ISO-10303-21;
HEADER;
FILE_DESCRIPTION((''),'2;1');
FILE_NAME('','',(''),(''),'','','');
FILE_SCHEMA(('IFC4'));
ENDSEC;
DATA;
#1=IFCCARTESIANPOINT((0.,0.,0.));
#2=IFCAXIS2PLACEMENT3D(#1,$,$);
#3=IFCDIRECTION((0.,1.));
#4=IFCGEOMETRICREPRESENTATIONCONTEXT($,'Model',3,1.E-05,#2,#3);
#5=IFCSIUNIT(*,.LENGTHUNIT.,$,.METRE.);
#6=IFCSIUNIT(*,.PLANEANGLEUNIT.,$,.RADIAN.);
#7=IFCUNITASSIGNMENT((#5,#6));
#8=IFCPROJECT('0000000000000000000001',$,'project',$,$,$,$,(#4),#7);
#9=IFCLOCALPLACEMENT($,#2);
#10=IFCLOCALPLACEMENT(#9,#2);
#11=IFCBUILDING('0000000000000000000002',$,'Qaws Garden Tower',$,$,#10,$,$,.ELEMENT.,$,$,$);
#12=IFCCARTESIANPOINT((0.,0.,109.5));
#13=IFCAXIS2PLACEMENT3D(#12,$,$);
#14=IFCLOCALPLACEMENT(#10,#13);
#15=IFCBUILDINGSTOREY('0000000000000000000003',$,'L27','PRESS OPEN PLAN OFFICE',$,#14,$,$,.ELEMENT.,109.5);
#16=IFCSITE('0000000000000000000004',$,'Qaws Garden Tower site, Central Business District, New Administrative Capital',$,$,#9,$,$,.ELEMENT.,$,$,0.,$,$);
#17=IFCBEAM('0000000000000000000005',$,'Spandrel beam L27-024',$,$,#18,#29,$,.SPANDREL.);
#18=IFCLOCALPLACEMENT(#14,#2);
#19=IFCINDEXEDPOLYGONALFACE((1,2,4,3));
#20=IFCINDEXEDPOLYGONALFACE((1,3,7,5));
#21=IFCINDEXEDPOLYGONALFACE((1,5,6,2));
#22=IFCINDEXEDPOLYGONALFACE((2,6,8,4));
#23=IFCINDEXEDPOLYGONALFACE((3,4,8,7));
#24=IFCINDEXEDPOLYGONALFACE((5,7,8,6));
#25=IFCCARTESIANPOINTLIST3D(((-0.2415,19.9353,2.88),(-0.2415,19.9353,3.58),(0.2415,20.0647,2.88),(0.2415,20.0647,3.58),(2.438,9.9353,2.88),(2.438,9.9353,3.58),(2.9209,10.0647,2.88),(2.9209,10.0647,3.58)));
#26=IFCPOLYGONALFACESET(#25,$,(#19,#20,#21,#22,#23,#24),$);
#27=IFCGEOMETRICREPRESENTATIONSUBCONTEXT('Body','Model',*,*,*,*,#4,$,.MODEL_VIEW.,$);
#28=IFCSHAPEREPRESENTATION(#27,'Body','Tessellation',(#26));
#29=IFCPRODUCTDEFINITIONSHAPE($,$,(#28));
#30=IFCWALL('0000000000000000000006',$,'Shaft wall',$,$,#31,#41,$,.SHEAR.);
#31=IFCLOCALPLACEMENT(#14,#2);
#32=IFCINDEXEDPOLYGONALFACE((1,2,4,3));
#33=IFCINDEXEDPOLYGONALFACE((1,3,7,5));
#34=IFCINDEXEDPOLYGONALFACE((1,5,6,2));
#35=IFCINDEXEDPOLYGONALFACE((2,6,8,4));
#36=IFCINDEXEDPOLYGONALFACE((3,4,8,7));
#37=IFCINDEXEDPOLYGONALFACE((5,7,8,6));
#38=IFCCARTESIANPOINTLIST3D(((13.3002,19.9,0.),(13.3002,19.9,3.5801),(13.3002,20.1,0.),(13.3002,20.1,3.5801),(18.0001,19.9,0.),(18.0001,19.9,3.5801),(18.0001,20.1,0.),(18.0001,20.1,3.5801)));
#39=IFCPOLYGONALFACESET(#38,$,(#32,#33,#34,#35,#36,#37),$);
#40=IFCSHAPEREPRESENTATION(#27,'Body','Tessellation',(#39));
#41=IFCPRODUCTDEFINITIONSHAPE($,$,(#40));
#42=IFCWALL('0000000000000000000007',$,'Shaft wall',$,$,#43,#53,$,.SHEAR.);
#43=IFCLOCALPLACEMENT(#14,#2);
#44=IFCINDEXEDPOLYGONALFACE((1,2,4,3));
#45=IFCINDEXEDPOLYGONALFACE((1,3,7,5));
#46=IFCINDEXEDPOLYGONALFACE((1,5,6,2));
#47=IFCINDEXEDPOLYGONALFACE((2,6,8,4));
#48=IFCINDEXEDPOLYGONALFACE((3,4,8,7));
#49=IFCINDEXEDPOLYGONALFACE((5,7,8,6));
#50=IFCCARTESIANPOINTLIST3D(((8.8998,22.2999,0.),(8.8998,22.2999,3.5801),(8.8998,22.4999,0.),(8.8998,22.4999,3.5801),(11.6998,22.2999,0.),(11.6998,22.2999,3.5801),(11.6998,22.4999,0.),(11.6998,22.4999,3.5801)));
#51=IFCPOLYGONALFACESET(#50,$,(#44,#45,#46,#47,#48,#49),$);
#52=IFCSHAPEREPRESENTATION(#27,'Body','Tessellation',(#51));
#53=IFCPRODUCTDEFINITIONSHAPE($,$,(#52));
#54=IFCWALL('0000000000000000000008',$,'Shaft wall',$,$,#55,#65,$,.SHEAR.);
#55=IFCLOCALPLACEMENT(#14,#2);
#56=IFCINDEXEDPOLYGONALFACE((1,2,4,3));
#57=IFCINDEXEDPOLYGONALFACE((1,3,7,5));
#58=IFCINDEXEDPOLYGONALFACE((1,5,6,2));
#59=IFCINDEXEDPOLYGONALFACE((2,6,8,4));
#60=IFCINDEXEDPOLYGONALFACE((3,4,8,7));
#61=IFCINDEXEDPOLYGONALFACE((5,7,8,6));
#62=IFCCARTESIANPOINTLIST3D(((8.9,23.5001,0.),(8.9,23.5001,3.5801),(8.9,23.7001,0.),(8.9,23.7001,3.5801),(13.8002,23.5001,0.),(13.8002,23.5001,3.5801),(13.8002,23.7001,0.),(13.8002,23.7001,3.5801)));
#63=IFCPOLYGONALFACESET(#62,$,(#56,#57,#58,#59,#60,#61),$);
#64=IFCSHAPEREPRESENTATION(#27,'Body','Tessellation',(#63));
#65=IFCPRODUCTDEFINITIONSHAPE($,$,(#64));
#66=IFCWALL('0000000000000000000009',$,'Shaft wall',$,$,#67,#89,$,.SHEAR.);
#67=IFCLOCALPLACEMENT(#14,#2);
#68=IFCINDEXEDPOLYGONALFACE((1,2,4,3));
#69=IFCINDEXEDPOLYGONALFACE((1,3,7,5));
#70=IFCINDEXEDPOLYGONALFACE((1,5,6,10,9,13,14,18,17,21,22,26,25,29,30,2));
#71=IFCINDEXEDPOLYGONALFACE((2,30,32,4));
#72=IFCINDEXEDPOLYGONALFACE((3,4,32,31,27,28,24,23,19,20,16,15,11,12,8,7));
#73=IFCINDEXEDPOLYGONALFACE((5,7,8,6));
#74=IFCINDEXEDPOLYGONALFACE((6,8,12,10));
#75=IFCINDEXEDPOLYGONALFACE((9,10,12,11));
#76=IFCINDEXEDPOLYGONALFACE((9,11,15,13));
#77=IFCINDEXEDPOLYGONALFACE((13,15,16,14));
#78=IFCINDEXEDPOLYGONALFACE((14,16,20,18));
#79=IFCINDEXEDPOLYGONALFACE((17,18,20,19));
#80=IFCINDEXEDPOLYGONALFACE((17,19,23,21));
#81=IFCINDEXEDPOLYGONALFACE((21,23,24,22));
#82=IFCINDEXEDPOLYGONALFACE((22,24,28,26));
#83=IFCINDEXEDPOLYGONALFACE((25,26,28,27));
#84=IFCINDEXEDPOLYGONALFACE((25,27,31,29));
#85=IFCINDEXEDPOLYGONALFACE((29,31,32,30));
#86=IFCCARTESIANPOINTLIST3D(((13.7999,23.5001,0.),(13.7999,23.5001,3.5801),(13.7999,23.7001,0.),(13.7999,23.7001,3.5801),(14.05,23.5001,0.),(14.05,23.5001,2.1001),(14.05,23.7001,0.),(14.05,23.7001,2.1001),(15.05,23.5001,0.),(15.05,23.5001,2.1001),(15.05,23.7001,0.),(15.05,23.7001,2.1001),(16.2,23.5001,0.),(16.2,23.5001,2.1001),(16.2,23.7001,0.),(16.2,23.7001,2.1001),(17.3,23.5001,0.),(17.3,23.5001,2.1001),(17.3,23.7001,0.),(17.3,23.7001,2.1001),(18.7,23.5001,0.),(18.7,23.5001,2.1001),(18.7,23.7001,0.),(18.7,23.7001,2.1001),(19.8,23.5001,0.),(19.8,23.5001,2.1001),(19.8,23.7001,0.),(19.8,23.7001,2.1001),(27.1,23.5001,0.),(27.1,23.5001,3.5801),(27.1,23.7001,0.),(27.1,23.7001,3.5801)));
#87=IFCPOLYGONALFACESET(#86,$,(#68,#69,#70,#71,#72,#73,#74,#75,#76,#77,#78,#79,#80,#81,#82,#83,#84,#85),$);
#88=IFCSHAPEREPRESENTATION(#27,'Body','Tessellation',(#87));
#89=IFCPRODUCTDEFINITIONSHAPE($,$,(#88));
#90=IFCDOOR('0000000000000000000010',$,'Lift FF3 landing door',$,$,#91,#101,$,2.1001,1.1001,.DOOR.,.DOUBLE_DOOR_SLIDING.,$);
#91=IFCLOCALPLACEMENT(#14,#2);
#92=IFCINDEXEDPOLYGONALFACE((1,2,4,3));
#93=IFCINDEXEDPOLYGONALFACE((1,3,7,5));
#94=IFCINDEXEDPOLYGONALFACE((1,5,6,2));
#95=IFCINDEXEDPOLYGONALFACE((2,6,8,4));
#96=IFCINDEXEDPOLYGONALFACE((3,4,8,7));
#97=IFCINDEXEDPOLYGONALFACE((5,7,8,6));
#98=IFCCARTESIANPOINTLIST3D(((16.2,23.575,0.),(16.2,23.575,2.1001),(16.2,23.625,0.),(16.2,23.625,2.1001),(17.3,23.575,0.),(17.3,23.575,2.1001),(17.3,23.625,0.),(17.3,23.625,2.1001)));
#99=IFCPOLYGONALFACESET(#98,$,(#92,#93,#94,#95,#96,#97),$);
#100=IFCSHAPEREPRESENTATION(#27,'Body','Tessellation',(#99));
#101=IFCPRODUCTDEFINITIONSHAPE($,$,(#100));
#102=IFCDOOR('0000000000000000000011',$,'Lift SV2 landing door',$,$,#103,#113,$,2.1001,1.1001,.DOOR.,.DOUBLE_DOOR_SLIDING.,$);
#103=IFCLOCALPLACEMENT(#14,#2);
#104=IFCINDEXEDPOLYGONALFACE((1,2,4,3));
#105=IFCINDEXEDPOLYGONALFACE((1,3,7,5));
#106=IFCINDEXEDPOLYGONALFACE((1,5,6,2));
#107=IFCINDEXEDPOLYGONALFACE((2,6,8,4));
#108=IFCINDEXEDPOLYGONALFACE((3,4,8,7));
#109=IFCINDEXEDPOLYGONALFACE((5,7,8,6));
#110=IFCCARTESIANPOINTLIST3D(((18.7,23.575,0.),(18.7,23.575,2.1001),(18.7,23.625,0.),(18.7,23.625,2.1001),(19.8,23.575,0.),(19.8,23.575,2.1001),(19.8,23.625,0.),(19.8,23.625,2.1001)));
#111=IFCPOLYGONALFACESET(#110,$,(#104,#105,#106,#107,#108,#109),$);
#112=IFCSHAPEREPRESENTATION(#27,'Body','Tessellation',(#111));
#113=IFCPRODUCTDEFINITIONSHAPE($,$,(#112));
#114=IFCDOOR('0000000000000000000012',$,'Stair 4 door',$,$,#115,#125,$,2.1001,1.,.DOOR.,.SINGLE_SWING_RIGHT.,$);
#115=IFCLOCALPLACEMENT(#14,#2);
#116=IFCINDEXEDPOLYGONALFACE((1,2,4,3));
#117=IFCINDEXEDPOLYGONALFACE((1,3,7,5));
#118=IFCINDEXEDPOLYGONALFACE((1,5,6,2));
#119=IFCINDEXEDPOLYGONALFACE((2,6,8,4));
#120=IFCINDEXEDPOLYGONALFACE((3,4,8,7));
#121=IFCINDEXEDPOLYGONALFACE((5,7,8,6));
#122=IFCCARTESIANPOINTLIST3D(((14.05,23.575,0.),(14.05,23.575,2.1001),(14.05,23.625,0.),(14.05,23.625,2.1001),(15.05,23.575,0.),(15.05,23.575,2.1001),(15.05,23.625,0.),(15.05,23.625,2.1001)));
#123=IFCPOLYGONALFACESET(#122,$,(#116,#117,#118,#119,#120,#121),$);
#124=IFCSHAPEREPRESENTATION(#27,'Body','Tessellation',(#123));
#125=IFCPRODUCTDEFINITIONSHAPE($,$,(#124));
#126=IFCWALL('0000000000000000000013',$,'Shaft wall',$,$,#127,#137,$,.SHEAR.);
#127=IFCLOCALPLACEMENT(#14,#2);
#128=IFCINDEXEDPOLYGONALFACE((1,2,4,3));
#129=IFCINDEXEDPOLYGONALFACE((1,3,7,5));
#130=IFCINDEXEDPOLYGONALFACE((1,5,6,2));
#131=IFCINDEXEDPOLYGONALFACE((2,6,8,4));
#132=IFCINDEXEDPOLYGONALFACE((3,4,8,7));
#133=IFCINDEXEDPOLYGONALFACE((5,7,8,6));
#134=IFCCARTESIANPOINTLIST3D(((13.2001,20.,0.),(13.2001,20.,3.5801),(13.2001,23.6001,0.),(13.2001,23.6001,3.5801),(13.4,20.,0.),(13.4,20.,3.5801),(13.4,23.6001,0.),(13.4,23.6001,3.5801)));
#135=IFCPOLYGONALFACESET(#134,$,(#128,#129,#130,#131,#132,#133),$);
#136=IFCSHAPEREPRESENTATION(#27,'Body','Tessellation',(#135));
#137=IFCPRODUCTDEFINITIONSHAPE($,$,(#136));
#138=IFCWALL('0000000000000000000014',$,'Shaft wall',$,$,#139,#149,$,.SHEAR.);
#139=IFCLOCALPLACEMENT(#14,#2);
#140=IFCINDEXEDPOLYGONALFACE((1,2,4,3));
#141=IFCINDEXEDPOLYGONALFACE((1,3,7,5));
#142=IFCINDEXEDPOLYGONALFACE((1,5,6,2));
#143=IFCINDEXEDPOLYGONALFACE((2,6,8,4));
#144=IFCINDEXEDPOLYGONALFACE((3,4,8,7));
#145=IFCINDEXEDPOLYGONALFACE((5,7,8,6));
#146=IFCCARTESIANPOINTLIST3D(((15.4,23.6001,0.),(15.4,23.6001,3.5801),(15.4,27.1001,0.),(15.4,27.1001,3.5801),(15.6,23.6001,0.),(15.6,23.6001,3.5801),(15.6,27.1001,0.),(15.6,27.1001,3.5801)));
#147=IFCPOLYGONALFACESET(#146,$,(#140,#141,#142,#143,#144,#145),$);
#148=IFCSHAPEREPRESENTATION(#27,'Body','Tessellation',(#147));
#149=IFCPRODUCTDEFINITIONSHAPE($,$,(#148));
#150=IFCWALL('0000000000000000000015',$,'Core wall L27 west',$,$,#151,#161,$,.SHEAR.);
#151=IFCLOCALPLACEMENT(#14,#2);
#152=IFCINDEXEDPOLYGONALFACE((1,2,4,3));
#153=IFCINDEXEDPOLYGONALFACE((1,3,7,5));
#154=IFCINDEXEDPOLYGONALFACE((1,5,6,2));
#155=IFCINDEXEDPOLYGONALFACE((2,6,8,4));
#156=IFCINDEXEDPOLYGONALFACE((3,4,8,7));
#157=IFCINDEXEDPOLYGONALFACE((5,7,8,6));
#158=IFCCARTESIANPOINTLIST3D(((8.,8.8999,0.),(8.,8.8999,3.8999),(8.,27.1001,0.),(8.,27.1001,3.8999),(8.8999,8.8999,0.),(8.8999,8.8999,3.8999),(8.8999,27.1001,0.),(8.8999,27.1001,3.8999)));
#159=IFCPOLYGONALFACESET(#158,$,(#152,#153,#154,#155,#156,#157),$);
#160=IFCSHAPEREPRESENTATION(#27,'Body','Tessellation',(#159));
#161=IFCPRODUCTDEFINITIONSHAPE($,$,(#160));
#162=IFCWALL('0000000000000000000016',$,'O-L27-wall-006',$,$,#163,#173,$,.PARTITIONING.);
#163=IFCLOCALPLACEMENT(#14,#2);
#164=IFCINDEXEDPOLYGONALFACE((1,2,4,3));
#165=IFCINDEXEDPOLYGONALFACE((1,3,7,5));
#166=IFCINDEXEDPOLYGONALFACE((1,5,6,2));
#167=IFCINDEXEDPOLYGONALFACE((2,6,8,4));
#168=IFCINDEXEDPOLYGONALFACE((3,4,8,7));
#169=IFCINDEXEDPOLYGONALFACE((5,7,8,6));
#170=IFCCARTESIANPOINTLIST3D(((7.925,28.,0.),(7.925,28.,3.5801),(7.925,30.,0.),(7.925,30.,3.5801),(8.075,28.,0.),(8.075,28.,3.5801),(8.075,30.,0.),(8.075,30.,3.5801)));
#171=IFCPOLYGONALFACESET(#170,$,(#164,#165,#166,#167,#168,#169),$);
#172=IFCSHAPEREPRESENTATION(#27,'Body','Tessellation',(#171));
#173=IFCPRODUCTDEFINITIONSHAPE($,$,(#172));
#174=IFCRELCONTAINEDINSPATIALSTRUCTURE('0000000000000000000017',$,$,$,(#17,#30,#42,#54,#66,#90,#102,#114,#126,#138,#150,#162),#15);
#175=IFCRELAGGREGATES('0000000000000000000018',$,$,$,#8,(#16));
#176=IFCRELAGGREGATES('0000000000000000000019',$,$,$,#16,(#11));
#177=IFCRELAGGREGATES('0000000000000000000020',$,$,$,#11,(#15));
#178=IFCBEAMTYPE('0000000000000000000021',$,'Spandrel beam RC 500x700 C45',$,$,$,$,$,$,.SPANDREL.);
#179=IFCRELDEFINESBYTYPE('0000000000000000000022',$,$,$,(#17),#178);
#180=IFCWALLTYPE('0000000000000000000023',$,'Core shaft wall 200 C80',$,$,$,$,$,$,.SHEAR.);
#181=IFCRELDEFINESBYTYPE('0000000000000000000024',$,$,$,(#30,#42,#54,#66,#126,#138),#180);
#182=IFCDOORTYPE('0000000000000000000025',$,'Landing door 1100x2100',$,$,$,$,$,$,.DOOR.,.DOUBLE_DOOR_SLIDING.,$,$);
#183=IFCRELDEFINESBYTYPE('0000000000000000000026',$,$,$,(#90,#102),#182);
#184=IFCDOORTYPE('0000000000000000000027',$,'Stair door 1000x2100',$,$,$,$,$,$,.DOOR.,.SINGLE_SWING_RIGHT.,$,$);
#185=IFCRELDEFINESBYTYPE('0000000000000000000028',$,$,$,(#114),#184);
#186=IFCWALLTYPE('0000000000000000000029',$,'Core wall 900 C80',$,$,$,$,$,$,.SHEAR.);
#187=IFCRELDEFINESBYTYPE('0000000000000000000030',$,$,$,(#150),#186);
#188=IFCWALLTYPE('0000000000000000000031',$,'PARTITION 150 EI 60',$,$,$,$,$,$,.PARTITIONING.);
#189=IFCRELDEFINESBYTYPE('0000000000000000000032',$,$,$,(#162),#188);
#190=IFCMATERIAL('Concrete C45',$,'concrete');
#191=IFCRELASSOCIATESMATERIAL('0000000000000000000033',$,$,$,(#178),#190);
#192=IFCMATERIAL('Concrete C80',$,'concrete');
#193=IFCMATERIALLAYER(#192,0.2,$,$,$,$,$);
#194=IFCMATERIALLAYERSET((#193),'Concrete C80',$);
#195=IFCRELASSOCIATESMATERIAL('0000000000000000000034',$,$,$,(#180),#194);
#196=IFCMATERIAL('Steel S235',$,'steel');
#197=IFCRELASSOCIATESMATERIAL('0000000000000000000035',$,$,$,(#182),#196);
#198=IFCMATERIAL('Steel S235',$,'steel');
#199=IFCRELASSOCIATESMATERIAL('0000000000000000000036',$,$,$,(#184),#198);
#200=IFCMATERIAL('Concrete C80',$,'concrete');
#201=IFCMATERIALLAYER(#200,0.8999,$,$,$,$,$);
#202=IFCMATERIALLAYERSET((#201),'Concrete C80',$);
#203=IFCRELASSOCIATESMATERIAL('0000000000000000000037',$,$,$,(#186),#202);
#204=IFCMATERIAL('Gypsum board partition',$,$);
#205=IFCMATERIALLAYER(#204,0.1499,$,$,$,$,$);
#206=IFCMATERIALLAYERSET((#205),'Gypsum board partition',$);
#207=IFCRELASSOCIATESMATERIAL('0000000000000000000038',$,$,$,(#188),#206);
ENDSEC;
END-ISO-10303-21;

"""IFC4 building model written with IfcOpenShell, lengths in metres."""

from ifc_helpers import new_model, si_unit, direction, frame, frame_2d, origin, origin_2d, place, context, subcontext, project, spatial, rectangle, extrude, material, layer, layer_set, material_profile, profile_set, type_object, element, fill, save


model = new_model("IFC4")

# Units and contexts
model_context = context("Model", 3, precision=1e-05, world=origin(), true_north=direction((0.0, 1.0)))
body_context = subcontext(model_context, "Body", "Model", "MODEL_VIEW")
ifc_project = project(units=[si_unit("LENGTHUNIT", "METRE"), si_unit("PLANEANGLEUNIT", "RADIAN")], contexts=[model_context])

# Site, building, storey
site_placement = place(None, origin())
site = spatial("IfcSite", under=ifc_project, at=site_placement, Name="Qaws Garden Tower site, Central Business District, New Administrative Capital", CompositionType="ELEMENT", RefElevation=0.0)
building_placement = place(site_placement, origin())
building = spatial("IfcBuilding", under=site, at=building_placement, Name="Qaws Garden Tower", CompositionType="ELEMENT")
storey_placement = place(building_placement, frame((0.0, 0.0, 109.5)))
storey = spatial("IfcBuildingStorey", under=building, at=storey_placement, Name="L27", Description="PRESS OPEN PLAN OFFICE", CompositionType="ELEMENT", Elevation=109.5)

# Beam
ifc_material_1 = material(Name="Concrete C45", Category="concrete")
ifc_material_profile = material_profile(ifc_material_1, rectangle(XDim=0.5, YDim=0.7, at=origin_2d()), Name="RC 500x700")
ifc_profile_set = profile_set([ifc_material_profile], Name="Concrete C45")
beam_type = type_object("IfcBeamType", Name="Spandrel beam RC 500x700 C45", PredefinedType="SPANDREL", material=ifc_profile_set)
beam_placement = place(storey_placement, frame((0.0, 20.0, 3.23), z_axis=(0.258815, -0.965927, 0.0), x_axis=(0.965927, 0.258815, 0.0)))
element("IfcBeam", 1, at=beam_placement, inside=storey, type_object=beam_type, Name="Spandrel beam L27-024", PredefinedType="SPANDREL", context=body_context, shape_type="SweptSolid", body=[
    extrude(rectangle(XDim=0.5, YDim=0.7, at=origin_2d()), origin(), (0.0, 0.0, 1.0), 10.3528),
])

# Walls
ifc_material_2 = material(Name="Concrete C80", Category="concrete")
ifc_layer_1 = layer(ifc_material_2, 0.2)
ifc_layer_set_1 = layer_set([ifc_layer_1], Name="Concrete C80")
wall_type_1 = type_object("IfcWallType", Name="Core shaft wall 200 C80", PredefinedType="SHEAR", material=ifc_layer_set_1)
wall_1_placement = place(storey_placement, frame((13.3, 20.0, 0.0), z_axis=(0.0, 0.0, 1.0), x_axis=(1.0, 0.0, 0.0)))
element("IfcWall", 2, at=wall_1_placement, inside=storey, type_object=wall_type_1, Name="Shaft wall", PredefinedType="SHEAR", context=body_context, shape_type="SweptSolid", body=[
    extrude(rectangle(XDim=4.7, YDim=0.2, at=frame_2d((2.3501, 0.0))), origin(), (0.0, 0.0, 1.0), 3.5801),
])
wall_2_placement = place(storey_placement, frame((8.8999, 22.3999, 0.0), z_axis=(0.0, 0.0, 1.0), x_axis=(1.0, 0.0, 0.0)))
element("IfcWall", 3, at=wall_2_placement, inside=storey, type_object=wall_type_1, Name="Shaft wall", PredefinedType="SHEAR", context=body_context, shape_type="SweptSolid", body=[
    extrude(rectangle(XDim=2.8, YDim=0.2, at=frame_2d((1.3999, 0.0))), origin(), (0.0, 0.0, 1.0), 3.5801),
])
wall_3_placement = place(storey_placement, frame((8.8999, 23.6001, 0.0), z_axis=(0.0, 0.0, 1.0), x_axis=(1.0, 0.0, 0.0)))
element("IfcWall", 4, at=wall_3_placement, inside=storey, type_object=wall_type_1, Name="Shaft wall", PredefinedType="SHEAR", context=body_context, shape_type="SweptSolid", body=[
    extrude(rectangle(XDim=4.9001, YDim=0.2, at=frame_2d((2.4502, 0.0))), origin(), (0.0, 0.0, 1.0), 3.5801),
])

# Wall, openings, doors
wall_4_placement = place(storey_placement, frame((13.8, 23.6001, 0.0), z_axis=(0.0, 0.0, 1.0), x_axis=(1.0, 0.0, 0.0)))
wall_4 = element("IfcWall", 5, at=wall_4_placement, inside=storey, type_object=wall_type_1, Name="Shaft wall", PredefinedType="SHEAR", context=body_context, shape_type="SweptSolid", body=[
    extrude(rectangle(XDim=13.3, YDim=0.2, at=frame_2d((6.6499, 0.0))), origin(), (0.0, 0.0, 1.0), 3.5801),
])
opening_1_placement = place(wall_4_placement, frame((2.3999, 0.0, 0.0)))
opening_1 = element("IfcOpeningElement", 6, at=opening_1_placement, cuts=wall_4, PredefinedType="OPENING", context=body_context, shape_type="SweptSolid", body=[
    extrude(rectangle(XDim=1.1001, YDim=2.1001, at=frame_2d((0.55, 1.05))), frame((0.0, 0.1099, 0.0), z_axis=(0.0, -1.0, 0.0), x_axis=(1.0, 0.0, 0.0)), (0.0, 0.0, 1.0), 0.22),
])
opening_2_placement = place(wall_4_placement, frame((4.8999, 0.0, 0.0)))
opening_2 = element("IfcOpeningElement", 7, at=opening_2_placement, cuts=wall_4, PredefinedType="OPENING", context=body_context, shape_type="SweptSolid", body=[
    extrude(rectangle(XDim=1.1001, YDim=2.1001, at=frame_2d((0.55, 1.05))), frame((0.0, 0.1099, 0.0), z_axis=(0.0, -1.0, 0.0), x_axis=(1.0, 0.0, 0.0)), (0.0, 0.0, 1.0), 0.22),
])
opening_3_placement = place(wall_4_placement, frame((0.25, 0.0, 0.0)))
opening_3 = element("IfcOpeningElement", 8, at=opening_3_placement, cuts=wall_4, PredefinedType="OPENING", context=body_context, shape_type="SweptSolid", body=[
    extrude(rectangle(XDim=1.0, YDim=2.1001, at=frame_2d((0.5, 1.05))), frame((0.0, 0.1099, 0.0), z_axis=(0.0, -1.0, 0.0), x_axis=(1.0, 0.0, 0.0)), (0.0, 0.0, 1.0), 0.22),
])
ifc_material_3 = material(Name="Steel S235", Category="steel")
door_type_1 = type_object("IfcDoorType", Name="Landing door 1100x2100", OperationType="DOUBLE_DOOR_SLIDING", PredefinedType="DOOR", material=ifc_material_3)
door_1_placement = place(opening_1_placement, origin())
door_1 = element("IfcDoor", 9, at=door_1_placement, inside=storey, type_object=door_type_1, Name="Lift FF3 landing door", OperationType="DOUBLE_DOOR_SLIDING", OverallHeight=2.1001, OverallWidth=1.1001, PredefinedType="DOOR", context=body_context, shape_type="SweptSolid", body=[
    extrude(rectangle(XDim=1.1001, YDim=2.1001, at=frame_2d((0.55, 1.05))), frame((0.0, 0.0249, 0.0), z_axis=(0.0, -1.0, 0.0), x_axis=(1.0, 0.0, 0.0)), (0.0, 0.0, 1.0), 0.05),
])
fill(opening_1, door_1)
door_2_placement = place(opening_2_placement, origin())
door_2 = element("IfcDoor", 10, at=door_2_placement, inside=storey, type_object=door_type_1, Name="Lift SV2 landing door", OperationType="DOUBLE_DOOR_SLIDING", OverallHeight=2.1001, OverallWidth=1.1001, PredefinedType="DOOR", context=body_context, shape_type="SweptSolid", body=[
    extrude(rectangle(XDim=1.1001, YDim=2.1001, at=frame_2d((0.55, 1.05))), frame((0.0, 0.0249, 0.0), z_axis=(0.0, -1.0, 0.0), x_axis=(1.0, 0.0, 0.0)), (0.0, 0.0, 1.0), 0.05),
])
fill(opening_2, door_2)
ifc_material_4 = material(Name="Steel S235", Category="steel")
door_type_2 = type_object("IfcDoorType", Name="Stair door 1000x2100", OperationType="SINGLE_SWING_RIGHT", PredefinedType="DOOR", material=ifc_material_4)
door_3_placement = place(opening_3_placement, origin())
door_3 = element("IfcDoor", 11, at=door_3_placement, inside=storey, type_object=door_type_2, Name="Stair 4 door", OperationType="SINGLE_SWING_RIGHT", OverallHeight=2.1001, OverallWidth=1.0, PredefinedType="DOOR", context=body_context, shape_type="SweptSolid", body=[
    extrude(rectangle(XDim=1.0, YDim=2.1001, at=frame_2d((0.5, 1.05))), frame((0.0, 0.0249, 0.0), z_axis=(0.0, -1.0, 0.0), x_axis=(1.0, 0.0, 0.0)), (0.0, 0.0, 1.0), 0.05),
])
fill(opening_3, door_3)

# Walls
wall_5_placement = place(storey_placement, frame((13.3, 20.0, 0.0), z_axis=(0.0, 0.0, 1.0), x_axis=(0.0, 1.0, 0.0)))
element("IfcWall", 12, at=wall_5_placement, inside=storey, type_object=wall_type_1, Name="Shaft wall", PredefinedType="SHEAR", context=body_context, shape_type="SweptSolid", body=[
    extrude(rectangle(XDim=3.6001, YDim=0.2, at=frame_2d((1.8, 0.0))), origin(), (0.0, 0.0, 1.0), 3.5801),
])
wall_6_placement = place(storey_placement, frame((15.5, 23.6001, 0.0), z_axis=(0.0, 0.0, 1.0), x_axis=(0.0, 1.0, 0.0)))
element("IfcWall", 13, at=wall_6_placement, inside=storey, type_object=wall_type_1, Name="Shaft wall", PredefinedType="SHEAR", context=body_context, shape_type="SweptSolid", body=[
    extrude(rectangle(XDim=3.5, YDim=0.2, at=frame_2d((1.75, 0.0))), origin(), (0.0, 0.0, 1.0), 3.5801),
])
ifc_material_5 = material(Name="Concrete C80", Category="concrete")
ifc_layer_2 = layer(ifc_material_5, 0.8999)
ifc_layer_set_2 = layer_set([ifc_layer_2], Name="Concrete C80")
wall_type_2 = type_object("IfcWallType", Name="Core wall 900 C80", PredefinedType="SHEAR", material=ifc_layer_set_2)
wall_7_placement = place(storey_placement, frame((8.45, 27.1001, 0.0), z_axis=(0.0, 0.0, 1.0), x_axis=(0.0, -1.0, 0.0)))
element("IfcWall", 14, at=wall_7_placement, inside=storey, type_object=wall_type_2, Name="Core wall L27 west", PredefinedType="SHEAR", context=body_context, shape_type="SweptSolid", body=[
    extrude(rectangle(XDim=18.2002, YDim=0.8999, at=frame_2d((9.1001, 0.0))), origin(), (0.0, 0.0, 1.0), 3.8999),
])
ifc_material_6 = material(Name="Gypsum board partition")
ifc_layer_3 = layer(ifc_material_6, 0.1499)
ifc_layer_set_3 = layer_set([ifc_layer_3], Name="Gypsum board partition")
wall_type_3 = type_object("IfcWallType", Name="PARTITION 150 EI 60", PredefinedType="PARTITIONING", material=ifc_layer_set_3)
wall_8_placement = place(storey_placement, frame((8.0, 28.0, 0.0), z_axis=(0.0, 0.0, 1.0), x_axis=(0.0, 1.0, 0.0)))
element("IfcWall", 15, at=wall_8_placement, inside=storey, type_object=wall_type_3, Name="O-L27-wall-006", PredefinedType="PARTITIONING", context=body_context, shape_type="SweptSolid", body=[
    extrude(rectangle(XDim=2.0, YDim=0.1499, at=frame_2d((1.0, 0.0))), origin(), (0.0, 0.0, 1.0), 3.5801),
])

save(model, "model.ifc")
